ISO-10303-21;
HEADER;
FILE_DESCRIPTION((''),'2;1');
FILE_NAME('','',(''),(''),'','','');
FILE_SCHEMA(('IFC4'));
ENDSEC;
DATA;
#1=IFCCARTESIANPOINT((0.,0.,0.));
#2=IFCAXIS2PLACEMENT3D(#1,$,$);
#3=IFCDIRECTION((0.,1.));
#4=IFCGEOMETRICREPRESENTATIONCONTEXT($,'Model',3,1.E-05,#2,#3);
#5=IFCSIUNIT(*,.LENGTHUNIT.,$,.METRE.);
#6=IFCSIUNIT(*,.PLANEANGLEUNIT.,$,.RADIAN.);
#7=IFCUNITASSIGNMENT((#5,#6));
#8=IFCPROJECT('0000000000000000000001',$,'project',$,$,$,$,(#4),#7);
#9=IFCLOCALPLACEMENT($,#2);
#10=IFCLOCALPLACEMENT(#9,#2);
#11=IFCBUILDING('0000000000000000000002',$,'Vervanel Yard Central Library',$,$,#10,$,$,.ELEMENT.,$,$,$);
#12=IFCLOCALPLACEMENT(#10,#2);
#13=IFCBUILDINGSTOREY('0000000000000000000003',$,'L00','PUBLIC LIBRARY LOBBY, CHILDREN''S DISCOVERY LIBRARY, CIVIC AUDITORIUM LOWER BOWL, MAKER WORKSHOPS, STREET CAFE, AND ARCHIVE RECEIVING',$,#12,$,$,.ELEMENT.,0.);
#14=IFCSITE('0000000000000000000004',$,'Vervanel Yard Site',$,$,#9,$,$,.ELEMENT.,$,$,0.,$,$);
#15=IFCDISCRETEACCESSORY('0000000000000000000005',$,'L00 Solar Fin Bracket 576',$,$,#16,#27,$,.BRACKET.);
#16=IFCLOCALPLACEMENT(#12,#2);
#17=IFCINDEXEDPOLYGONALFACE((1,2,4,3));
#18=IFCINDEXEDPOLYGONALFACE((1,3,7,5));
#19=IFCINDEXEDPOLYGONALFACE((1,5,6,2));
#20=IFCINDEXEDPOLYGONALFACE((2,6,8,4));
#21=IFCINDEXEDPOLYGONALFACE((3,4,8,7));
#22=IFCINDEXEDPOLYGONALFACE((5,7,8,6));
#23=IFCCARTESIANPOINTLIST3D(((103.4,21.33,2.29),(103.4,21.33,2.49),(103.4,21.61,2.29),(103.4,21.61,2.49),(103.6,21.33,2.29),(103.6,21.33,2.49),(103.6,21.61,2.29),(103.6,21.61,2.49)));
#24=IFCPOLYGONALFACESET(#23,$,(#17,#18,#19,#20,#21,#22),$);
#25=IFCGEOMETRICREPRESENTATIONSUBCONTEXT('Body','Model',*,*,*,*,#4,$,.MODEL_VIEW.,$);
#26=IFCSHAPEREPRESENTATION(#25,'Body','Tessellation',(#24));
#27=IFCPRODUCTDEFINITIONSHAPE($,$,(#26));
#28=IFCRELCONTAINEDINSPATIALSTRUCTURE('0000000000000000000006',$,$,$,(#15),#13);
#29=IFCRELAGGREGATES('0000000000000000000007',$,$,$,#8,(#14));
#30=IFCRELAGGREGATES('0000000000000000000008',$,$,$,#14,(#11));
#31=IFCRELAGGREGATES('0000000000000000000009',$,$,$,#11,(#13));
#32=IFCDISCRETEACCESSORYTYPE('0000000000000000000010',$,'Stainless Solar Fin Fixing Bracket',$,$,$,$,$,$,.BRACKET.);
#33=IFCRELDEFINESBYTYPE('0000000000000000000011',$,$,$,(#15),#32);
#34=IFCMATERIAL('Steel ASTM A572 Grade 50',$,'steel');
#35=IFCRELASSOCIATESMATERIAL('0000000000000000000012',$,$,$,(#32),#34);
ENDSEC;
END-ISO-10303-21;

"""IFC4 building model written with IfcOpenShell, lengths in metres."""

from ifc_helpers import new_model, si_unit, direction, frame, origin, origin_2d, place, context, subcontext, project, spatial, rectangle, extrude, material, type_object, element, save


model = new_model("IFC4")

# Units and contexts
model_context = context("Model", 3, precision=1e-05, world=origin(), true_north=direction((0.0, 1.0)))
body_context = subcontext(model_context, "Body", "Model", "MODEL_VIEW")
ifc_project = project(units=[si_unit("LENGTHUNIT", "METRE"), si_unit("PLANEANGLEUNIT", "RADIAN")], contexts=[model_context])

# Site, building, storey
site_placement = place(None, origin())
site = spatial("IfcSite", under=ifc_project, at=site_placement, Name="Vervanel Yard Site", CompositionType="ELEMENT", RefElevation=0.0)
building_placement = place(site_placement, origin())
building = spatial("IfcBuilding", under=site, at=building_placement, Name="Vervanel Yard Central Library", CompositionType="ELEMENT")
storey_placement = place(building_placement, origin())
storey = spatial("IfcBuildingStorey", under=building, at=storey_placement, Name="L00", Description="PUBLIC LIBRARY LOBBY, CHILDREN'S DISCOVERY LIBRARY, CIVIC AUDITORIUM LOWER BOWL, MAKER WORKSHOPS, STREET CAFE, AND ARCHIVE RECEIVING", CompositionType="ELEMENT", Elevation=0.0)

# Shared definitions
ifc_material_1 = material(Name="Steel ASTM A572 Grade 50", Category="steel")

# Discrete accessory
discrete_accessory_type = type_object("IfcDiscreteAccessoryType", Name="Stainless Solar Fin Fixing Bracket", PredefinedType="BRACKET", material=ifc_material_1)
for number, where, z_axis, x_axis, name in (
    (1, (103.5, 21.47, 2.29), (0.0, 0.0, 1.0), (1.0, 0.0, 0.0), "L00 Solar Fin Bracket 576"),
):
    element("IfcDiscreteAccessory", number, at=place(storey_placement, frame(where, z_axis=z_axis, x_axis=x_axis)), inside=storey, type_object=discrete_accessory_type, Name=name, PredefinedType="BRACKET", context=body_context, shape_type="SweptSolid", body=[
        extrude(rectangle(XDim=0.2, YDim=0.28, at=origin_2d()), origin(), (0.0, 0.0, 1.0), 0.2),
    ])

save(model, "model.ifc")
